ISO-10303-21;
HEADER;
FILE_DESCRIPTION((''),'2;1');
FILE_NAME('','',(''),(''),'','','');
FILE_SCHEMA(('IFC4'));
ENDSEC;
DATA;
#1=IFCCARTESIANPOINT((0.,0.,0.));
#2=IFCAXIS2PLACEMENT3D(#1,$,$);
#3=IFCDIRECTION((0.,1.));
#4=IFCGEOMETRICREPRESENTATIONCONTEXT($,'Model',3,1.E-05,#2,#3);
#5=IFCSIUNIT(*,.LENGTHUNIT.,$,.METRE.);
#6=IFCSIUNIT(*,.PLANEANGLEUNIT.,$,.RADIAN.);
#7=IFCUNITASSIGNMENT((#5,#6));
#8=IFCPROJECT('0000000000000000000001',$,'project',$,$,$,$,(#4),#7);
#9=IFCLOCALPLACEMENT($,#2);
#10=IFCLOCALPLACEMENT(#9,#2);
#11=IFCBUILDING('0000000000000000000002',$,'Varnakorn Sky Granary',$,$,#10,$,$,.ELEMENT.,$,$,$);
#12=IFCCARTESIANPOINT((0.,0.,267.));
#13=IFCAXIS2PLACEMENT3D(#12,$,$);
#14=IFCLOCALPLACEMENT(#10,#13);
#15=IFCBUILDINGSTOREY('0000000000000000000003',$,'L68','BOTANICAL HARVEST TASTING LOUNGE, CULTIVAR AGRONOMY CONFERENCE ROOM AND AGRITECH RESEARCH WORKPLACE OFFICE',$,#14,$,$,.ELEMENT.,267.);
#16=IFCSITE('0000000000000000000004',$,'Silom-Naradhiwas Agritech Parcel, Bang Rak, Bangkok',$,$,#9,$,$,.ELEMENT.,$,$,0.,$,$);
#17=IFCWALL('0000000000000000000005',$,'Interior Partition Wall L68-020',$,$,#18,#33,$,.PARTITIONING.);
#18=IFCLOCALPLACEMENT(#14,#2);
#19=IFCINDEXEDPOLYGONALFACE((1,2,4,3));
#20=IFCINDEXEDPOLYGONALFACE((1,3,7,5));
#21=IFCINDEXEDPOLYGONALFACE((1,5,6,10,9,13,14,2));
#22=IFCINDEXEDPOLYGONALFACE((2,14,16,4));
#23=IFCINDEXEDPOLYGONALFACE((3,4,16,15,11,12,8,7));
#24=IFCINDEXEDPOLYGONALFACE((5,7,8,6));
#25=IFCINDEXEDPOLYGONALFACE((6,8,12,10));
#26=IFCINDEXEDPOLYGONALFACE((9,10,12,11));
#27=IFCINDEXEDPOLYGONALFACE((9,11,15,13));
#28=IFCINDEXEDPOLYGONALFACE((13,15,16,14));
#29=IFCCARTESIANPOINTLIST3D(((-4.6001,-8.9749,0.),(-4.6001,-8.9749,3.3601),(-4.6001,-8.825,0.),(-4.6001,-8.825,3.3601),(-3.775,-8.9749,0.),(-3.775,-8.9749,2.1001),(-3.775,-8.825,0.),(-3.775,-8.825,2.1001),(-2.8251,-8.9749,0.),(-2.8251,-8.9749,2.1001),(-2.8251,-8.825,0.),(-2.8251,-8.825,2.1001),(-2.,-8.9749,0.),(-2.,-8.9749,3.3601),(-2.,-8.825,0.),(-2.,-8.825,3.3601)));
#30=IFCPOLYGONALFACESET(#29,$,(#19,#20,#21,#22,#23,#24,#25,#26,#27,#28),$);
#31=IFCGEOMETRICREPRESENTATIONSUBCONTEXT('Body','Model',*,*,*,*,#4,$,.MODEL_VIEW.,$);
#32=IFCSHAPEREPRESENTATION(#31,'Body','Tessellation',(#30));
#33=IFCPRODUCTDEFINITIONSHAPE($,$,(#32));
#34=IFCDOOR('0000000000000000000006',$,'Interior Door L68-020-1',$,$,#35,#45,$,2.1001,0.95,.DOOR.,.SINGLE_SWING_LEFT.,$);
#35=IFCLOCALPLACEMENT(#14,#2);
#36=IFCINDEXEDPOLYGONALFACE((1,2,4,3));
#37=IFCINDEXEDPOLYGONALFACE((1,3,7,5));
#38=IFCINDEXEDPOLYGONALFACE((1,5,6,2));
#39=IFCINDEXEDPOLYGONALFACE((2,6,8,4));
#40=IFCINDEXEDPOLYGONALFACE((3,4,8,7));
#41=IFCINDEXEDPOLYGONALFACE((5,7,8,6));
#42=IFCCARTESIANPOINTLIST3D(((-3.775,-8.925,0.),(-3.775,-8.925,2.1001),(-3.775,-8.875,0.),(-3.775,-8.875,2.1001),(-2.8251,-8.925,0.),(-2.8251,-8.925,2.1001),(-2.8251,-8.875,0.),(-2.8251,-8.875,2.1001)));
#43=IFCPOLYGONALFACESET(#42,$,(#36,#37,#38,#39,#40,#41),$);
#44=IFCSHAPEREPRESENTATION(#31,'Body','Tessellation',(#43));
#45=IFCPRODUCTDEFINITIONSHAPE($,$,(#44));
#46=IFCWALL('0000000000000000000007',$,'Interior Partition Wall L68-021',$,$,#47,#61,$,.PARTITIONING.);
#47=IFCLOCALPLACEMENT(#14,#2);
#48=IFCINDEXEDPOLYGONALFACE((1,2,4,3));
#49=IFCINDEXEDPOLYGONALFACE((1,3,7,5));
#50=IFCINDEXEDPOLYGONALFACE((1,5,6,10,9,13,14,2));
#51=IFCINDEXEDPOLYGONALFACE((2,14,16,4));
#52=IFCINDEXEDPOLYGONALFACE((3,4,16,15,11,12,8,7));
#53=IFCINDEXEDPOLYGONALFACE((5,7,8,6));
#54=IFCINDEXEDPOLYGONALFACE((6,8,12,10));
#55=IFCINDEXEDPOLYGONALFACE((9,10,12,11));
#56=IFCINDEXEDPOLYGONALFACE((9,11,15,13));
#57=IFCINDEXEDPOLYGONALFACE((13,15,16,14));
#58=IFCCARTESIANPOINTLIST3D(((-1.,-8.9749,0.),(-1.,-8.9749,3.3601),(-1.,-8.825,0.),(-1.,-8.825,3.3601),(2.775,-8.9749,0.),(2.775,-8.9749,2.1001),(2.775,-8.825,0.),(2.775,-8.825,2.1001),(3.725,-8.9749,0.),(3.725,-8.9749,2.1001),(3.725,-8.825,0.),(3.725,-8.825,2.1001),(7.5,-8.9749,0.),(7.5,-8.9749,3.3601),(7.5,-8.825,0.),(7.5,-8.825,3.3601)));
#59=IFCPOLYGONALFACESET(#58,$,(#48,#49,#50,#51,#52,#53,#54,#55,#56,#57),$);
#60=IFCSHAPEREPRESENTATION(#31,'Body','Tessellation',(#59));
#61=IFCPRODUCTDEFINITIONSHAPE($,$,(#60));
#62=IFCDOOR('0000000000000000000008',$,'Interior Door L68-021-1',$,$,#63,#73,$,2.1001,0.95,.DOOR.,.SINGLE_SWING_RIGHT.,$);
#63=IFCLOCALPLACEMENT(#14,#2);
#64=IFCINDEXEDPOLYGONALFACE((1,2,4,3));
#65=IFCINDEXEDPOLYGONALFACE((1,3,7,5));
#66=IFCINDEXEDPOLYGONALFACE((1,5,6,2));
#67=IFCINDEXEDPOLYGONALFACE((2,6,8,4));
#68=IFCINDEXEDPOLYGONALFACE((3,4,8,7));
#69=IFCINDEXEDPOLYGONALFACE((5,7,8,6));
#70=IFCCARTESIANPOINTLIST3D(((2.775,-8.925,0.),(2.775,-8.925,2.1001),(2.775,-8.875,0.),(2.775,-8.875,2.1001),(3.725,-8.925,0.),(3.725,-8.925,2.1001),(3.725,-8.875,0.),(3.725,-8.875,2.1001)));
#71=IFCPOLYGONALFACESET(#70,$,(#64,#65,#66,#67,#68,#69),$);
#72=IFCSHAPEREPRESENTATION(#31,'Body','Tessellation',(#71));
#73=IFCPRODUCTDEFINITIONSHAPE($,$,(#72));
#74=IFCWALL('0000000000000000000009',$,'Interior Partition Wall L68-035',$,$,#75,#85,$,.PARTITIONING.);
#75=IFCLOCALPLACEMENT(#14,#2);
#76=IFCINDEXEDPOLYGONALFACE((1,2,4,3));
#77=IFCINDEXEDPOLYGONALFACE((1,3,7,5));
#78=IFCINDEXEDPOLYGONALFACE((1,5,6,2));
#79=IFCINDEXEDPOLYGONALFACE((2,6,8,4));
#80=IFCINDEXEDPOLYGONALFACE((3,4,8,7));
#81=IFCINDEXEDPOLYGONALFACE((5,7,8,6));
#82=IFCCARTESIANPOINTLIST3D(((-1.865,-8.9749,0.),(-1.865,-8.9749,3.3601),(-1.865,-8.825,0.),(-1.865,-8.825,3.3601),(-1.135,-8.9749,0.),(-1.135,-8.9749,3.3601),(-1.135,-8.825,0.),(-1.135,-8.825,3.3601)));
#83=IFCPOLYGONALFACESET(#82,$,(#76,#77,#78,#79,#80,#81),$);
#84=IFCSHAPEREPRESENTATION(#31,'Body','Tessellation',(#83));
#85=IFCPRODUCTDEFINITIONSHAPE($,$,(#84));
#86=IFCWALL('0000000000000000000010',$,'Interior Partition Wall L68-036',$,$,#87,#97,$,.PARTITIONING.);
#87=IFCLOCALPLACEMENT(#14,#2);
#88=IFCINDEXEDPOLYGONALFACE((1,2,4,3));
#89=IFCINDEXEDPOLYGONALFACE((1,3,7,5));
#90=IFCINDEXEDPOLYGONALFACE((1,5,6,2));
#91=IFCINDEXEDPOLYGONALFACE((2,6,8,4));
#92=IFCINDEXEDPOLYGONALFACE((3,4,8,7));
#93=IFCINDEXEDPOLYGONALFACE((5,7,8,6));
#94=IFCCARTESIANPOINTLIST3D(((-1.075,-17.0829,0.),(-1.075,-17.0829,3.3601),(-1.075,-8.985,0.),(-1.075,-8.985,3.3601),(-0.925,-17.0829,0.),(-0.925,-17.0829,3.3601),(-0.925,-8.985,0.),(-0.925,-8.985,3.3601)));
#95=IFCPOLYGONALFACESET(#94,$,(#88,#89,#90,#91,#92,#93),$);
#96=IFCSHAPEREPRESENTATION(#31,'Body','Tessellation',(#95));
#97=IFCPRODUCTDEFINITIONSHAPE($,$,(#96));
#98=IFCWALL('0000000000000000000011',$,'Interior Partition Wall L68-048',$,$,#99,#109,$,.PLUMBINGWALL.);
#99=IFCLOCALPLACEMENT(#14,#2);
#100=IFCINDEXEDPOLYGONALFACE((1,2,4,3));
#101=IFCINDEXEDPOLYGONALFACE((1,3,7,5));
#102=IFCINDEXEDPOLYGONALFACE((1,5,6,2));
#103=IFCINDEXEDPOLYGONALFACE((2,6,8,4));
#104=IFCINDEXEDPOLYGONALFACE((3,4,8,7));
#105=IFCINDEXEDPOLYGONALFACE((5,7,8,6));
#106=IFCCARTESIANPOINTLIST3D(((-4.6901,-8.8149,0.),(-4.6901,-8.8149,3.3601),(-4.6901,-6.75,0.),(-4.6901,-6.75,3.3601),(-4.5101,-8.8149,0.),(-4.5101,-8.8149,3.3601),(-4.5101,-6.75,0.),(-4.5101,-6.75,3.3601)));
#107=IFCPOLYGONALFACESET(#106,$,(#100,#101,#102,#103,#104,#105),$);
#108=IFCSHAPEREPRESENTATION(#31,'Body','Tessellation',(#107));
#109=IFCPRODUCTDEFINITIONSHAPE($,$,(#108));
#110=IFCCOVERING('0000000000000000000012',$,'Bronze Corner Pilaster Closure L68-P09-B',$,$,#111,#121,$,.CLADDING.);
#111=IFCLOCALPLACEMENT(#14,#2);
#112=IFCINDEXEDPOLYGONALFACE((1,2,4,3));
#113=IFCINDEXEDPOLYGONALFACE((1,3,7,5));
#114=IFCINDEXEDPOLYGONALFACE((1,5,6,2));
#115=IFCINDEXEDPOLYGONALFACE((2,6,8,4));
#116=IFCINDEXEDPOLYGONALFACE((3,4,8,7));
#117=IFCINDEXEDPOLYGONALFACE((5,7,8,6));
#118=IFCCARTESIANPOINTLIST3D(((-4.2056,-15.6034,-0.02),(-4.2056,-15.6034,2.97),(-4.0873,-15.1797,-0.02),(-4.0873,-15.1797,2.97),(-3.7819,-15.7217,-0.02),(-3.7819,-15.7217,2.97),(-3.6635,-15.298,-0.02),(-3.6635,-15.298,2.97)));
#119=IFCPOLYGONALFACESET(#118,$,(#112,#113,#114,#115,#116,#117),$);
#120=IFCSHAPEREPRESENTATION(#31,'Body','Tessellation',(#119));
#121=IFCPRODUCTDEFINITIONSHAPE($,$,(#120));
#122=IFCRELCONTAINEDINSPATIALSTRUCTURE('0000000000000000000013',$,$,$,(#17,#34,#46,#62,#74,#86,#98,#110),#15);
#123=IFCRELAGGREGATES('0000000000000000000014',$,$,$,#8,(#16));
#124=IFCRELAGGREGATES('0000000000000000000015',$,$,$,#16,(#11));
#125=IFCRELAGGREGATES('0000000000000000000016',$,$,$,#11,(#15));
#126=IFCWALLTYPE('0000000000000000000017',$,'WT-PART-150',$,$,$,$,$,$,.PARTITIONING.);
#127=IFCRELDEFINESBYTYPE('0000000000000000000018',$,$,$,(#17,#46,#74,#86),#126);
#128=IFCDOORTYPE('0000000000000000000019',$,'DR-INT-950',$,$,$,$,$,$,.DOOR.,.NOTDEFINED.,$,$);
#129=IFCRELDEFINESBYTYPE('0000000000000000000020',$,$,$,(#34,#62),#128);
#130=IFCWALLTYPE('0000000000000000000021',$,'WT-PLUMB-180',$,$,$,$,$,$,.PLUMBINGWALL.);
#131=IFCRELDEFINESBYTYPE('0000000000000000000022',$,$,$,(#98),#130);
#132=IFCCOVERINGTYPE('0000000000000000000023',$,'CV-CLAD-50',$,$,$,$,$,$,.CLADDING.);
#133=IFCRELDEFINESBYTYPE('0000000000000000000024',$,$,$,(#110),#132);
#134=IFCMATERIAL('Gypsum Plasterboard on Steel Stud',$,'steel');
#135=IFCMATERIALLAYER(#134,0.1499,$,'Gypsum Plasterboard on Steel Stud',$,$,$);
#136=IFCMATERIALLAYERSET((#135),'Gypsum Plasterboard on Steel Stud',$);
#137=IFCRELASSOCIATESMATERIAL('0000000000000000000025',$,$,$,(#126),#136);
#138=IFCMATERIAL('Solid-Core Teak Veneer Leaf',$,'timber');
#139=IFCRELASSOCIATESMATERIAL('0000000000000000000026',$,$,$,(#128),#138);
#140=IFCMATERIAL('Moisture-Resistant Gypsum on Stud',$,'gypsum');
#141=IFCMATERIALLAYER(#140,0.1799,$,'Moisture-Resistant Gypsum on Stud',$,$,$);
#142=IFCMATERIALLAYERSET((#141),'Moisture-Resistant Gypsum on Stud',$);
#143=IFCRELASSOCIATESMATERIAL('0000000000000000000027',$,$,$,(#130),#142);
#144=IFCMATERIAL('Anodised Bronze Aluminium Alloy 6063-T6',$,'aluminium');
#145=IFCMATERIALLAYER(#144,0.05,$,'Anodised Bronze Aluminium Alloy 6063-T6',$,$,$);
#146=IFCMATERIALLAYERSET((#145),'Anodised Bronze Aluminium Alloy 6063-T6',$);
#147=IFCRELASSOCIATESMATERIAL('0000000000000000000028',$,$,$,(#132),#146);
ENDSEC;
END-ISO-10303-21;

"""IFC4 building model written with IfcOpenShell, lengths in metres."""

from ifc_helpers import new_model, si_unit, direction, frame, frame_2d, origin, origin_2d, place, context, subcontext, project, spatial, rectangle, extrude, source, transform, mapped, material, layer, layer_set, type_object, type_shapes, element, fill, save


model = new_model("IFC4")

# Units and contexts
model_context = context("Model", 3, precision=1e-05, world=origin(), true_north=direction((0.0, 1.0)))
body_context = subcontext(model_context, "Body", "Model", "MODEL_VIEW")
ifc_project = project(units=[si_unit("LENGTHUNIT", "METRE"), si_unit("PLANEANGLEUNIT", "RADIAN")], contexts=[model_context])

# Site, building, storey
site_placement = place(None, origin())
site = spatial("IfcSite", under=ifc_project, at=site_placement, Name="Silom-Naradhiwas Agritech Parcel, Bang Rak, Bangkok", CompositionType="ELEMENT", RefElevation=0.0)
building_placement = place(site_placement, origin())
building = spatial("IfcBuilding", under=site, at=building_placement, Name="Varnakorn Sky Granary", CompositionType="ELEMENT")
storey_placement = place(building_placement, frame((0.0, 0.0, 267.0)))
storey = spatial("IfcBuildingStorey", under=building, at=storey_placement, Name="L68", Description="BOTANICAL HARVEST TASTING LOUNGE, CULTIVAR AGRONOMY CONFERENCE ROOM AND AGRITECH RESEARCH WORKPLACE OFFICE", CompositionType="ELEMENT", Elevation=267.0)

# Shared definitions
ifc_material_1 = material(Name="Anodised Bronze Aluminium Alloy 6063-T6", Category="aluminium")

# Walls, openings, doors
ifc_material_2 = material(Name="Gypsum Plasterboard on Steel Stud", Category="steel")
ifc_layer_1 = layer(ifc_material_2, 0.1499, Name="Gypsum Plasterboard on Steel Stud")
ifc_layer_set_1 = layer_set([ifc_layer_1], Name="Gypsum Plasterboard on Steel Stud")
wall_type_1 = type_object("IfcWallType", Name="WT-PART-150", PredefinedType="PARTITIONING", material=ifc_layer_set_1)
wall_1_placement = place(storey_placement, frame((-4.6001, -8.8999, 0.0), z_axis=(0.0, 0.0, 1.0), x_axis=(1.0, 0.0, 0.0)))
wall_1 = element("IfcWall", 1, at=wall_1_placement, inside=storey, type_object=wall_type_1, Name="Interior Partition Wall L68-020", PredefinedType="PARTITIONING", context=body_context, shape_type="SweptSolid", body=[
    extrude(rectangle(XDim=2.6001, YDim=0.1499, at=frame_2d((1.3, 0.0))), origin(), (0.0, 0.0, 1.0), 3.3601),
])
opening_1_placement = place(wall_1_placement, frame((0.825, 0.0, 0.0)))
opening_1 = element("IfcOpeningElement", 2, at=opening_1_placement, cuts=wall_1, PredefinedType="OPENING", context=body_context, shape_type="SweptSolid", body=[
    extrude(rectangle(XDim=0.95, YDim=2.1001, at=frame_2d((0.4751, 1.05))), frame((0.0, 0.085, 0.0), z_axis=(0.0, -1.0, 0.0), x_axis=(1.0, 0.0, 0.0)), (0.0, 0.0, 1.0), 0.1699),
])
ifc_material_3 = material(Name="Solid-Core Teak Veneer Leaf", Category="timber")
door_type = type_object("IfcDoorType", Name="DR-INT-950", OperationType="NOTDEFINED", PredefinedType="DOOR", material=ifc_material_3)
door_1_placement = place(opening_1_placement, origin())
door_1 = element("IfcDoor", 3, at=door_1_placement, inside=storey, type_object=door_type, Name="Interior Door L68-020-1", OperationType="SINGLE_SWING_LEFT", OverallHeight=2.1001, OverallWidth=0.95, PredefinedType="DOOR", context=body_context, shape_type="SweptSolid", body=[
    extrude(rectangle(XDim=0.95, YDim=2.1001, at=frame_2d((0.4751, 1.05))), frame((0.0, 0.0249, 0.0), z_axis=(0.0, -1.0, 0.0), x_axis=(1.0, 0.0, 0.0)), (0.0, 0.0, 1.0), 0.05),
])
fill(opening_1, door_1)
wall_2_placement = place(storey_placement, frame((-1.0, -8.8999, 0.0), z_axis=(0.0, 0.0, 1.0), x_axis=(1.0, 0.0, 0.0)))
wall_2 = element("IfcWall", 4, at=wall_2_placement, inside=storey, type_object=wall_type_1, Name="Interior Partition Wall L68-021", PredefinedType="PARTITIONING", context=body_context, shape_type="SweptSolid", body=[
    extrude(rectangle(XDim=8.5, YDim=0.1499, at=frame_2d((4.25, 0.0))), origin(), (0.0, 0.0, 1.0), 3.3601),
])
opening_2_placement = place(wall_2_placement, frame((3.7749, 0.0, 0.0)))
opening_2 = element("IfcOpeningElement", 5, at=opening_2_placement, cuts=wall_2, PredefinedType="OPENING", context=body_context, shape_type="SweptSolid", body=[
    extrude(rectangle(XDim=0.95, YDim=2.1001, at=frame_2d((0.4751, 1.05))), frame((0.0, 0.085, 0.0), z_axis=(0.0, -1.0, 0.0), x_axis=(1.0, 0.0, 0.0)), (0.0, 0.0, 1.0), 0.1699),
])
door_2_placement = place(opening_2_placement, origin())
door_2 = element("IfcDoor", 6, at=door_2_placement, inside=storey, type_object=door_type, Name="Interior Door L68-021-1", OperationType="SINGLE_SWING_RIGHT", OverallHeight=2.1001, OverallWidth=0.95, PredefinedType="DOOR", context=body_context, shape_type="SweptSolid", body=[
    extrude(rectangle(XDim=0.95, YDim=2.1001, at=frame_2d((0.4751, 1.05))), frame((0.0, 0.0249, 0.0), z_axis=(0.0, -1.0, 0.0), x_axis=(1.0, 0.0, 0.0)), (0.0, 0.0, 1.0), 0.05),
])
fill(opening_2, door_2)

# Walls
wall_3_placement = place(storey_placement, frame((-1.865, -8.8999, 0.0), z_axis=(0.0, 0.0, 1.0), x_axis=(1.0, 0.0, 0.0)))
element("IfcWall", 7, at=wall_3_placement, inside=storey, type_object=wall_type_1, Name="Interior Partition Wall L68-035", PredefinedType="PARTITIONING", context=body_context, shape_type="SweptSolid", body=[
    extrude(rectangle(XDim=0.73, YDim=0.1499, at=frame_2d((0.365, 0.0))), origin(), (0.0, 0.0, 1.0), 3.3601),
])
wall_4_placement = place(storey_placement, frame((-1.0, -8.9851, 0.0), z_axis=(0.0, 0.0, 1.0), x_axis=(0.0, -1.0, 0.0)))
element("IfcWall", 8, at=wall_4_placement, inside=storey, type_object=wall_type_1, Name="Interior Partition Wall L68-036", PredefinedType="PARTITIONING", context=body_context, shape_type="SweptSolid", body=[
    extrude(rectangle(XDim=8.0979, YDim=0.1499, at=frame_2d((4.0488, 0.0))), origin(), (0.0, 0.0, 1.0), 3.3601),
])
ifc_material_4 = material(Name="Moisture-Resistant Gypsum on Stud", Category="gypsum")
ifc_layer_2 = layer(ifc_material_4, 0.1799, Name="Moisture-Resistant Gypsum on Stud")
ifc_layer_set_2 = layer_set([ifc_layer_2], Name="Moisture-Resistant Gypsum on Stud")
wall_type_2 = type_object("IfcWallType", Name="WT-PLUMB-180", PredefinedType="PLUMBINGWALL", material=ifc_layer_set_2)
wall_5_placement = place(storey_placement, frame((-4.6001, -6.75, 0.0), z_axis=(0.0, 0.0, 1.0), x_axis=(0.0, -1.0, 0.0)))
element("IfcWall", 9, at=wall_5_placement, inside=storey, type_object=wall_type_2, Name="Interior Partition Wall L68-048", PredefinedType="PLUMBINGWALL", context=body_context, shape_type="SweptSolid", body=[
    extrude(rectangle(XDim=2.0649, YDim=0.1799, at=frame_2d((1.0325, 0.0))), origin(), (0.0, 0.0, 1.0), 3.3601),
])

# Covering
ifc_layer_3 = layer(ifc_material_1, 0.05, Name="Anodised Bronze Aluminium Alloy 6063-T6")
ifc_layer_set_3 = layer_set([ifc_layer_3], Name="Anodised Bronze Aluminium Alloy 6063-T6")
covering_type = type_object("IfcCoveringType", Name="CV-CLAD-50", PredefinedType="CLADDING", material=ifc_layer_set_3)
shared_shape_1 = source(origin(), body_context, "Body", "SweptSolid", [
    extrude(rectangle(XDim=0.4399, YDim=0.4399, at=origin_2d()), origin(), (0.0, 0.0, 1.0), 2.99),
])
type_shapes(covering_type, [shared_shape_1])
covering_placement = place(storey_placement, frame((-3.9346, -15.4507, -0.02), z_axis=(0.0, 0.0, 1.0), x_axis=(-0.963163, 0.26892, 0.0)))
element("IfcCovering", 10, at=covering_placement, inside=storey, type_object=covering_type, Name="Bronze Corner Pilaster Closure L68-P09-B", PredefinedType="CLADDING", context=body_context, shape_type="MappedRepresentation", body=[
    mapped(shared_shape_1, transform((0.0, 0.0, 0.0), x_axis=(1.0, 0.0, 0.0), y_axis=(0.0, 1.0, 0.0), z_axis=(0.0, 0.0, 1.0), scale=1.0)),
])

save(model, "model.ifc")
